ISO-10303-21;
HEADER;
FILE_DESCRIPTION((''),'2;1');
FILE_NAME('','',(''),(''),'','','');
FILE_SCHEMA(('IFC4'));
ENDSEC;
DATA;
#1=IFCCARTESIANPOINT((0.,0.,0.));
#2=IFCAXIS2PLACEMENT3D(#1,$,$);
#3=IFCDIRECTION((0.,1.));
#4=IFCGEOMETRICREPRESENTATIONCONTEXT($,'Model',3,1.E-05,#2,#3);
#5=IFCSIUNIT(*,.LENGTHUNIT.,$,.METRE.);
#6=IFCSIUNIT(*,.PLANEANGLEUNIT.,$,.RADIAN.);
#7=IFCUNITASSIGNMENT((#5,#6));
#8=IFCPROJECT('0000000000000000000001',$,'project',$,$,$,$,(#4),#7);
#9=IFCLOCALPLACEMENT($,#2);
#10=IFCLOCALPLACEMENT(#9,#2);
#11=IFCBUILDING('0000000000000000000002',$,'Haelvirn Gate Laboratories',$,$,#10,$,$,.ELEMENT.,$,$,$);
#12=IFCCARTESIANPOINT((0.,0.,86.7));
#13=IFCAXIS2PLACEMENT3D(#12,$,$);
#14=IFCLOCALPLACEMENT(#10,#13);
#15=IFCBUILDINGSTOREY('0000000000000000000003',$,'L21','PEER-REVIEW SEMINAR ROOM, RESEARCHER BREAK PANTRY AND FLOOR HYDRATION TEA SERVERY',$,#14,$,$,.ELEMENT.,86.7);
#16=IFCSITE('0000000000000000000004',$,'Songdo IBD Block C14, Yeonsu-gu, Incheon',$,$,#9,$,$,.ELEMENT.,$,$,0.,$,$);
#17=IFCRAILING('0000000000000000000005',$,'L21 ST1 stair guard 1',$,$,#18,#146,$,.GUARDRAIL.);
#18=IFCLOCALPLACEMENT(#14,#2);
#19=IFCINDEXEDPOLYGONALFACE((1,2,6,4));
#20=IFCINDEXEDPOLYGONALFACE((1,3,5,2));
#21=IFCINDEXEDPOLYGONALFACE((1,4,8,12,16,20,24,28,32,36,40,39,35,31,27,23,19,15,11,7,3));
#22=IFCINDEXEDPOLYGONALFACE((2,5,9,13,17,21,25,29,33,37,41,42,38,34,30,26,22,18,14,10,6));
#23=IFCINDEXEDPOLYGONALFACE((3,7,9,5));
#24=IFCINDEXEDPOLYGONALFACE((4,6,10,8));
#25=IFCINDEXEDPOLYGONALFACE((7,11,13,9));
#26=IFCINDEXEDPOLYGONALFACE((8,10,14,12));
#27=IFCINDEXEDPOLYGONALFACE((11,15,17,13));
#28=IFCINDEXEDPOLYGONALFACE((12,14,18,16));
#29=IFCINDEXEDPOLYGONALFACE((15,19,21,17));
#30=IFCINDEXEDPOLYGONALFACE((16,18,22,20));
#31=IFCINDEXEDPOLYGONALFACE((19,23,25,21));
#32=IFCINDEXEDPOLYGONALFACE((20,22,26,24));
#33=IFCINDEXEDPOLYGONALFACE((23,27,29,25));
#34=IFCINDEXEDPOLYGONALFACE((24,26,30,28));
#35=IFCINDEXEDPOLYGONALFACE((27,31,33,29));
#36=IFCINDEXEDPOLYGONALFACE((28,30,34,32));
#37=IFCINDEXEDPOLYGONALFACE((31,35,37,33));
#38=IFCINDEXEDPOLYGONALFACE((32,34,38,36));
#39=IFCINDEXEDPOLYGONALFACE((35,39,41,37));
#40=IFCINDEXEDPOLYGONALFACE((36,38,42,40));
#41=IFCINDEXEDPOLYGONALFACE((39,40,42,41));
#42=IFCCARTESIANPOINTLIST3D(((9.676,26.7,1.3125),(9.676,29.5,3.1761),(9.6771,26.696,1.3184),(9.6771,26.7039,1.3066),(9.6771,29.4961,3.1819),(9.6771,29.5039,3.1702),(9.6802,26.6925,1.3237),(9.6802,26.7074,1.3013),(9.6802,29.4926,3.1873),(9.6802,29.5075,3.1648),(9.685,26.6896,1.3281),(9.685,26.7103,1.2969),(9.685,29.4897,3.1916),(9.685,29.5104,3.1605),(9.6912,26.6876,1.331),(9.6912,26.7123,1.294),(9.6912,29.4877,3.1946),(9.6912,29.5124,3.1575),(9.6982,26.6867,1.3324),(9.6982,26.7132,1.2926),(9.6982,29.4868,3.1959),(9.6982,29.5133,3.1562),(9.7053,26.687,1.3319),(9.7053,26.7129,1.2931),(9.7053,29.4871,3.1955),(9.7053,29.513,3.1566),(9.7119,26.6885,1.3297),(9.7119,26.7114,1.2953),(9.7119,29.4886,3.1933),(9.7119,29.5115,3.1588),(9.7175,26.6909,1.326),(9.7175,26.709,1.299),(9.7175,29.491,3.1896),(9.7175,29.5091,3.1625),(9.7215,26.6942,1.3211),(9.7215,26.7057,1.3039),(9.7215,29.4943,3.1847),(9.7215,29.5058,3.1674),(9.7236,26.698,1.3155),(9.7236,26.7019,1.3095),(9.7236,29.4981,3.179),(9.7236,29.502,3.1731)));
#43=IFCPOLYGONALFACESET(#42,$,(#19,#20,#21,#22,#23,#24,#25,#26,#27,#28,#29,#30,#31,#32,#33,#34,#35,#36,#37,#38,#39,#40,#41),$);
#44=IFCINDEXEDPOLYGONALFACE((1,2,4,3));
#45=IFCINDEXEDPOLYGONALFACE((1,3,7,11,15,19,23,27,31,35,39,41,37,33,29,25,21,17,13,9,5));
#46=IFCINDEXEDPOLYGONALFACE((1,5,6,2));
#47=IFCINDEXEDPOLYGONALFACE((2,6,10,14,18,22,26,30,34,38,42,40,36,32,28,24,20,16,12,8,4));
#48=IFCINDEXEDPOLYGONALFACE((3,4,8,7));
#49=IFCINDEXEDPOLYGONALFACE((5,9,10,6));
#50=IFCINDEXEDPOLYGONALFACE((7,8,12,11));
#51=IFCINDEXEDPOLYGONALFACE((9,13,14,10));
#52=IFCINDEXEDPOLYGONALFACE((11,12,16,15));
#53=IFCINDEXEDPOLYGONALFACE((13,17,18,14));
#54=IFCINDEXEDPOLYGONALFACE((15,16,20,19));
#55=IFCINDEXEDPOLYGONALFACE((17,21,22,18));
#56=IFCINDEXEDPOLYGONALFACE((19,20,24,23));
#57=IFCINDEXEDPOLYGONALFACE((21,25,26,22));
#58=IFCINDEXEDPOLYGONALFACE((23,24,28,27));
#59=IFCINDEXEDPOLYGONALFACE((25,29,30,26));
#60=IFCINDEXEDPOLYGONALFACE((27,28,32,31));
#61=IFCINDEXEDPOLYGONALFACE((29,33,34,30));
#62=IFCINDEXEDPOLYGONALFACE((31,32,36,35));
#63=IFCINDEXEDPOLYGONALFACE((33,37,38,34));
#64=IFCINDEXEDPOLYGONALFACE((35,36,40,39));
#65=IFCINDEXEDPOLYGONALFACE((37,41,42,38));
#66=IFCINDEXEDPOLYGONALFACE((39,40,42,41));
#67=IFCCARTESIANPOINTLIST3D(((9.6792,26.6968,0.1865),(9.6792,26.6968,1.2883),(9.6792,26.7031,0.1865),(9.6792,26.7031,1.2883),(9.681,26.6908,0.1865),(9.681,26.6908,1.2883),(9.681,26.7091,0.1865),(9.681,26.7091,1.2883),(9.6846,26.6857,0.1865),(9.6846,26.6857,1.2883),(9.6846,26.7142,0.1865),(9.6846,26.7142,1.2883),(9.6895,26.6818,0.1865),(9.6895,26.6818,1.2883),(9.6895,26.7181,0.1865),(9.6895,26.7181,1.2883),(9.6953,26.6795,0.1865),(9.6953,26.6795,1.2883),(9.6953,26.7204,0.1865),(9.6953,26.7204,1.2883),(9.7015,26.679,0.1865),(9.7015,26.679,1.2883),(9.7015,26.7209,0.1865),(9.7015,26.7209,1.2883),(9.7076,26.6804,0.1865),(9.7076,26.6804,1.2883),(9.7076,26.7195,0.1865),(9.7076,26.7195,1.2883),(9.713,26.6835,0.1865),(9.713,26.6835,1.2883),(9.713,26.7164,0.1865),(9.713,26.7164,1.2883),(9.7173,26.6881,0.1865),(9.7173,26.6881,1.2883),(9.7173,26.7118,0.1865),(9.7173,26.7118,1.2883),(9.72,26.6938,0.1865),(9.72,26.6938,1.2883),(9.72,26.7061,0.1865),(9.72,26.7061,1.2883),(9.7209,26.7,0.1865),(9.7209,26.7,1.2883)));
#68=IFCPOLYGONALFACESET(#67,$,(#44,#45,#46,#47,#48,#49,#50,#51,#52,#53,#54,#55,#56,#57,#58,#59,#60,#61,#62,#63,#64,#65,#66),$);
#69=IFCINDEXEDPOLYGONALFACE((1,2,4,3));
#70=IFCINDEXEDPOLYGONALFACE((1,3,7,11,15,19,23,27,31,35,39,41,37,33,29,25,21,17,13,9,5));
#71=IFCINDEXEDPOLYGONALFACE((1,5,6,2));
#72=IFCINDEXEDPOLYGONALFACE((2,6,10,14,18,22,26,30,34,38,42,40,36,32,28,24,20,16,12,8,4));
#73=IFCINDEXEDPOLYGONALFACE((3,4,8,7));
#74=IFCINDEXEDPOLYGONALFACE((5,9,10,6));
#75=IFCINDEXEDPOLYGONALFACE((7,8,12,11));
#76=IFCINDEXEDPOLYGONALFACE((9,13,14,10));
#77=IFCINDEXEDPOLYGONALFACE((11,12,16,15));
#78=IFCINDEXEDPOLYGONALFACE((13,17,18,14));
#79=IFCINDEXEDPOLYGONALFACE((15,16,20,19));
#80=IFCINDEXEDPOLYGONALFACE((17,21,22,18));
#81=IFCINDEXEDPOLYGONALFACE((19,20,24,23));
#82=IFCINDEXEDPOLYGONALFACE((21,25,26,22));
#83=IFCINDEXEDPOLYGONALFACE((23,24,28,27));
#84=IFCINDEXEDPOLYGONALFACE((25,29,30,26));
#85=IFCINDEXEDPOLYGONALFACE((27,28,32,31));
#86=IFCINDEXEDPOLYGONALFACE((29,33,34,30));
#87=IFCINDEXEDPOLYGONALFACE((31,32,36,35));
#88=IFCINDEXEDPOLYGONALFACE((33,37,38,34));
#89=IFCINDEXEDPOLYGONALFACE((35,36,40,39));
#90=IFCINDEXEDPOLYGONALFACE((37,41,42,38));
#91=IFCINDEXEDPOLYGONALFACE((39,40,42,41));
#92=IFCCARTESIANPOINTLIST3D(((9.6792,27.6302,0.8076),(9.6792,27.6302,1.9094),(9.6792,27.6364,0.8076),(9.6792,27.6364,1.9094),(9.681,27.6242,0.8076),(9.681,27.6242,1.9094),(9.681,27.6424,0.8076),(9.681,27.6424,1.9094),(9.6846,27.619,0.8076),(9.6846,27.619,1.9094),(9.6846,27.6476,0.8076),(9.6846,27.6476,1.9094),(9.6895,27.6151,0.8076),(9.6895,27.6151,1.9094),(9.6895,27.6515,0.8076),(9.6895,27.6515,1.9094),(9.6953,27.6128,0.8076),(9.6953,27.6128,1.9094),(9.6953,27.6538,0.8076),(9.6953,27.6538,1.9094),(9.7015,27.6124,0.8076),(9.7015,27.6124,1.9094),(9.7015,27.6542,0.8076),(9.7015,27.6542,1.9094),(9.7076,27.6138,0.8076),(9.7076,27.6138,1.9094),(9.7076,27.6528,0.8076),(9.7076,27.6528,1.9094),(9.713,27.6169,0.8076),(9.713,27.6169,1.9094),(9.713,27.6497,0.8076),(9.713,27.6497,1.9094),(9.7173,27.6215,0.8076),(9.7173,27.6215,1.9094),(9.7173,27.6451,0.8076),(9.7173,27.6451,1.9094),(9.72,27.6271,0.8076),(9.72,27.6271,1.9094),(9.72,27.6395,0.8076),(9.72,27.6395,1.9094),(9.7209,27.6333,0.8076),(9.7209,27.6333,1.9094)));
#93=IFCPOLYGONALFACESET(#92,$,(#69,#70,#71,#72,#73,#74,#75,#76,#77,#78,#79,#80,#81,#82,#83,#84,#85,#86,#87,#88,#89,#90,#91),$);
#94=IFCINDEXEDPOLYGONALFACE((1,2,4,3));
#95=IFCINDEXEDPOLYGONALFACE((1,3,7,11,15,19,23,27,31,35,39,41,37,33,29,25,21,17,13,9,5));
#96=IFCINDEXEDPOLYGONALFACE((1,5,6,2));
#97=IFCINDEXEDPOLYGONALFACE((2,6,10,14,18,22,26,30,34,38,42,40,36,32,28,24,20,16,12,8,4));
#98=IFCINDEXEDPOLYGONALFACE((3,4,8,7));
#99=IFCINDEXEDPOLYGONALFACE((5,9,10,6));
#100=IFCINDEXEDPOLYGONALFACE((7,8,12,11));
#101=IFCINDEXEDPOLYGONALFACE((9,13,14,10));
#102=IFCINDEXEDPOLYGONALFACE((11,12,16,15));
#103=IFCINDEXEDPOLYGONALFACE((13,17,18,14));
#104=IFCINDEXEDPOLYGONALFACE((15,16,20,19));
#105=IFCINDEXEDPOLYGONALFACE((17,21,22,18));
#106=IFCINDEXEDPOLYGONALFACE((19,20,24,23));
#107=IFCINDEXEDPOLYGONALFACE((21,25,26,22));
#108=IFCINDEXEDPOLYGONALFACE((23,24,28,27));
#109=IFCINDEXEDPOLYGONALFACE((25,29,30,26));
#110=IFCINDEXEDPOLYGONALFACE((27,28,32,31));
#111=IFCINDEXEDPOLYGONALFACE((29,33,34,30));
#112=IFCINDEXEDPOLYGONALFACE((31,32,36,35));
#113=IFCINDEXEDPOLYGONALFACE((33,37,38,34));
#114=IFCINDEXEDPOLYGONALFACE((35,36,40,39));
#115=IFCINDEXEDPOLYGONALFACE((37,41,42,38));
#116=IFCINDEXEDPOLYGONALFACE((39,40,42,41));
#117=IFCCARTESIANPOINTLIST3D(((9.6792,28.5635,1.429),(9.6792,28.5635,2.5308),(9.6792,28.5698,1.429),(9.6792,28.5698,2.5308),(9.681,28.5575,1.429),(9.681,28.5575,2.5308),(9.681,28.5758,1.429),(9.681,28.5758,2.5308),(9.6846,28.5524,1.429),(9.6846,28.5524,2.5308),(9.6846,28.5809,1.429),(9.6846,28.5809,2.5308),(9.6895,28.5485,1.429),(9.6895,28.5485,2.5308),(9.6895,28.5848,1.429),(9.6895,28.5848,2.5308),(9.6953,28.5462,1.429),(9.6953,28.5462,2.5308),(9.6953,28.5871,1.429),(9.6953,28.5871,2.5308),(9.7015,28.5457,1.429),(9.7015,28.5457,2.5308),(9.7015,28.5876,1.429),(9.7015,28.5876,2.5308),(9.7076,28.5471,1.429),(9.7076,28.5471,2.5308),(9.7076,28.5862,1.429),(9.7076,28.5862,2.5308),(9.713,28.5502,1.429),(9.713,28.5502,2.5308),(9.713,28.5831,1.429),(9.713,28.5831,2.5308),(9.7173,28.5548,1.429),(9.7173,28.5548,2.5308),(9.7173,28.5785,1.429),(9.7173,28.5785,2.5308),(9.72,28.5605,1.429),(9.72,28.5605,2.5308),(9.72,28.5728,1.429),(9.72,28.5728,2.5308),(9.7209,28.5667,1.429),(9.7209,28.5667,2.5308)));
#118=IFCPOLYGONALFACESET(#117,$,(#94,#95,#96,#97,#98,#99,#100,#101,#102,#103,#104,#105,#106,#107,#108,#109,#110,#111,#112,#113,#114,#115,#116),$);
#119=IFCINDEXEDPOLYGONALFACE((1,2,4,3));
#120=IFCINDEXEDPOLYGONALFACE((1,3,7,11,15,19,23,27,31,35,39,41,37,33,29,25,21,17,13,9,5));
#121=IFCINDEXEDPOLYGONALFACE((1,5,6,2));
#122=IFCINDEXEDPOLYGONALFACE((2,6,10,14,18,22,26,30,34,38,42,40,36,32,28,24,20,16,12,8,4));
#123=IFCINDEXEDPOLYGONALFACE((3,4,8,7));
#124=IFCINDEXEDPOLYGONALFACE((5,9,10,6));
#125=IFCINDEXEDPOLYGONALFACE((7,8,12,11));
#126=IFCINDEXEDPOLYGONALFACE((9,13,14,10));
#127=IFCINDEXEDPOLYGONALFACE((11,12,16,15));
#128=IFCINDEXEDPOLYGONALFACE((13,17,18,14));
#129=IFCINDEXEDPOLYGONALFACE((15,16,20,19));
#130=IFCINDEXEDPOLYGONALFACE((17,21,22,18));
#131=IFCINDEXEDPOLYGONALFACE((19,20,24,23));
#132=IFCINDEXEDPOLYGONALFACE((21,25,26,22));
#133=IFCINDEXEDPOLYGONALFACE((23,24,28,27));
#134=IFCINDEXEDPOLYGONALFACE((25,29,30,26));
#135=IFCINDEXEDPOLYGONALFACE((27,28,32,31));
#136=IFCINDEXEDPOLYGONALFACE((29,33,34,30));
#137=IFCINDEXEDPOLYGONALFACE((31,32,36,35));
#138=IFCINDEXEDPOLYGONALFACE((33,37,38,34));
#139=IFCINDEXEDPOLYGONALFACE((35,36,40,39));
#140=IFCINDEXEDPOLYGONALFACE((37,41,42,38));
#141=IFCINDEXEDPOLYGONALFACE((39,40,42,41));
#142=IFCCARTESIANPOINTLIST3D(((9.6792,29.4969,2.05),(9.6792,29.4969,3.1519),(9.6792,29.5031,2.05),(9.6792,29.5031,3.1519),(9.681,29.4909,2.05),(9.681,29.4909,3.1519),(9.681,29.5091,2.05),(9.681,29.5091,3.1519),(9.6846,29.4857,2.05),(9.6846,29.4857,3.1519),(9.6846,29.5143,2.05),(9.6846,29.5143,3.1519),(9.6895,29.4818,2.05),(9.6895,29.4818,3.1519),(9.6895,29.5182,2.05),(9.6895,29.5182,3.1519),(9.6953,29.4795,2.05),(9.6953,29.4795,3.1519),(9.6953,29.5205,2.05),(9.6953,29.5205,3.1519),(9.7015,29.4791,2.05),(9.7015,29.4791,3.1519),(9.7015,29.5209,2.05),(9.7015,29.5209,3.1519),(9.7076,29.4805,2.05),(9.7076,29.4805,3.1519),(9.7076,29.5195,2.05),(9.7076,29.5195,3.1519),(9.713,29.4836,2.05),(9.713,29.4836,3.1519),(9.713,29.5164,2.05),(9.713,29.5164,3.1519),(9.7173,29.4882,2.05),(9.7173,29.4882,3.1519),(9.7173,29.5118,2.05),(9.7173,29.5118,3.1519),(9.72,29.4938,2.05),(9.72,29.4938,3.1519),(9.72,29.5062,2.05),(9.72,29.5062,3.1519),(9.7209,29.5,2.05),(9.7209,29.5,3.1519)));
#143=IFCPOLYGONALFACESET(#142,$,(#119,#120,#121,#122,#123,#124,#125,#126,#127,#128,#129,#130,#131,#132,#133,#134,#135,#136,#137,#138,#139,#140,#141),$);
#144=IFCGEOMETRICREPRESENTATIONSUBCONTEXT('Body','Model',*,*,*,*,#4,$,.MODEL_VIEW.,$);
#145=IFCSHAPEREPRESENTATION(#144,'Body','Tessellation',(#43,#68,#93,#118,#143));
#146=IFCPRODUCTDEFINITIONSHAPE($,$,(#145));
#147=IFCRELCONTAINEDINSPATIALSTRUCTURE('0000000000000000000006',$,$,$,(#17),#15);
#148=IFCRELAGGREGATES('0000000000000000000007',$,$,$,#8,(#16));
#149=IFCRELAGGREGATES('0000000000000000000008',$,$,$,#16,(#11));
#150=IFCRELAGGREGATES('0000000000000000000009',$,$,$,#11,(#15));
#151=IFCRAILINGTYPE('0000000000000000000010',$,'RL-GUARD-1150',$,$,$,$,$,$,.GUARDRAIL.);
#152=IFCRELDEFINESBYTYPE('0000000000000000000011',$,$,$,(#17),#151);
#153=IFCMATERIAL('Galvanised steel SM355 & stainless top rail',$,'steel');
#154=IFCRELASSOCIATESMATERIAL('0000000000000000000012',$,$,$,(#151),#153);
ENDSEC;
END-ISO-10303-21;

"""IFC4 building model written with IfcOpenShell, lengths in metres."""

from ifc_helpers import new_model, si_unit, direction, frame, origin, origin_2d, place, context, subcontext, project, spatial, circle, extrude, source, transform, mapped, material, type_object, element, save


model = new_model("IFC4")

# Units and contexts
model_context = context("Model", 3, precision=1e-05, world=origin(), true_north=direction((0.0, 1.0)))
body_context = subcontext(model_context, "Body", "Model", "MODEL_VIEW")
ifc_project = project(units=[si_unit("LENGTHUNIT", "METRE"), si_unit("PLANEANGLEUNIT", "RADIAN")], contexts=[model_context])

# Site, building, storey
site_placement = place(None, origin())
site = spatial("IfcSite", under=ifc_project, at=site_placement, Name="Songdo IBD Block C14, Yeonsu-gu, Incheon", CompositionType="ELEMENT", RefElevation=0.0)
building_placement = place(site_placement, origin())
building = spatial("IfcBuilding", under=site, at=building_placement, Name="Haelvirn Gate Laboratories", CompositionType="ELEMENT")
storey_placement = place(building_placement, frame((0.0, 0.0, 86.7)))
storey = spatial("IfcBuildingStorey", under=building, at=storey_placement, Name="L21", Description="PEER-REVIEW SEMINAR ROOM, RESEARCHER BREAK PANTRY AND FLOOR HYDRATION TEA SERVERY", CompositionType="ELEMENT", Elevation=86.7)

# Railing
ifc_material_1 = material(Name="Galvanised steel SM355 & stainless top rail", Category="steel")
railing_type_1 = type_object("IfcRailingType", Name="RL-GUARD-1150", PredefinedType="GUARDRAIL", material=ifc_material_1)
shared_shape_1 = source(origin(), body_context, "Body", "SweptSolid", [
    extrude(circle(Radius=0.0239, at=origin_2d()), frame((0.0, 0.0, 1.126), z_axis=(0.0, 0.832486, 0.554047), x_axis=(-1.0, 0.0, 0.0)), (0.0, 0.0, 1.0), 3.3635),
    extrude(circle(Radius=0.021, at=origin_2d()), origin(), (0.0, 0.0, 1.0), 1.1018),
    extrude(circle(Radius=0.021, at=origin_2d()), frame((0.0, 0.9333, 0.6211)), (0.0, 0.0, 1.0), 1.1018),
    extrude(circle(Radius=0.021, at=origin_2d()), frame((0.0, 1.8667, 1.2424)), (0.0, 0.0, 1.0), 1.1018),
    extrude(circle(Radius=0.021, at=origin_2d()), frame((0.0, 2.8, 1.8635)), (0.0, 0.0, 1.0), 1.1018),
])
railing_1_placement = place(storey_placement, frame((9.7, 26.7, 0.1865)))
element("IfcRailing", 1, at=railing_1_placement, inside=storey, type_object=railing_type_1, Name="L21 ST1 stair guard 1", PredefinedType="GUARDRAIL", context=body_context, shape_type="MappedRepresentation", body=[
    mapped(shared_shape_1, transform((0.0, 0.0, 0.0), scale=1.0)),
])

save(model, "model.ifc")
